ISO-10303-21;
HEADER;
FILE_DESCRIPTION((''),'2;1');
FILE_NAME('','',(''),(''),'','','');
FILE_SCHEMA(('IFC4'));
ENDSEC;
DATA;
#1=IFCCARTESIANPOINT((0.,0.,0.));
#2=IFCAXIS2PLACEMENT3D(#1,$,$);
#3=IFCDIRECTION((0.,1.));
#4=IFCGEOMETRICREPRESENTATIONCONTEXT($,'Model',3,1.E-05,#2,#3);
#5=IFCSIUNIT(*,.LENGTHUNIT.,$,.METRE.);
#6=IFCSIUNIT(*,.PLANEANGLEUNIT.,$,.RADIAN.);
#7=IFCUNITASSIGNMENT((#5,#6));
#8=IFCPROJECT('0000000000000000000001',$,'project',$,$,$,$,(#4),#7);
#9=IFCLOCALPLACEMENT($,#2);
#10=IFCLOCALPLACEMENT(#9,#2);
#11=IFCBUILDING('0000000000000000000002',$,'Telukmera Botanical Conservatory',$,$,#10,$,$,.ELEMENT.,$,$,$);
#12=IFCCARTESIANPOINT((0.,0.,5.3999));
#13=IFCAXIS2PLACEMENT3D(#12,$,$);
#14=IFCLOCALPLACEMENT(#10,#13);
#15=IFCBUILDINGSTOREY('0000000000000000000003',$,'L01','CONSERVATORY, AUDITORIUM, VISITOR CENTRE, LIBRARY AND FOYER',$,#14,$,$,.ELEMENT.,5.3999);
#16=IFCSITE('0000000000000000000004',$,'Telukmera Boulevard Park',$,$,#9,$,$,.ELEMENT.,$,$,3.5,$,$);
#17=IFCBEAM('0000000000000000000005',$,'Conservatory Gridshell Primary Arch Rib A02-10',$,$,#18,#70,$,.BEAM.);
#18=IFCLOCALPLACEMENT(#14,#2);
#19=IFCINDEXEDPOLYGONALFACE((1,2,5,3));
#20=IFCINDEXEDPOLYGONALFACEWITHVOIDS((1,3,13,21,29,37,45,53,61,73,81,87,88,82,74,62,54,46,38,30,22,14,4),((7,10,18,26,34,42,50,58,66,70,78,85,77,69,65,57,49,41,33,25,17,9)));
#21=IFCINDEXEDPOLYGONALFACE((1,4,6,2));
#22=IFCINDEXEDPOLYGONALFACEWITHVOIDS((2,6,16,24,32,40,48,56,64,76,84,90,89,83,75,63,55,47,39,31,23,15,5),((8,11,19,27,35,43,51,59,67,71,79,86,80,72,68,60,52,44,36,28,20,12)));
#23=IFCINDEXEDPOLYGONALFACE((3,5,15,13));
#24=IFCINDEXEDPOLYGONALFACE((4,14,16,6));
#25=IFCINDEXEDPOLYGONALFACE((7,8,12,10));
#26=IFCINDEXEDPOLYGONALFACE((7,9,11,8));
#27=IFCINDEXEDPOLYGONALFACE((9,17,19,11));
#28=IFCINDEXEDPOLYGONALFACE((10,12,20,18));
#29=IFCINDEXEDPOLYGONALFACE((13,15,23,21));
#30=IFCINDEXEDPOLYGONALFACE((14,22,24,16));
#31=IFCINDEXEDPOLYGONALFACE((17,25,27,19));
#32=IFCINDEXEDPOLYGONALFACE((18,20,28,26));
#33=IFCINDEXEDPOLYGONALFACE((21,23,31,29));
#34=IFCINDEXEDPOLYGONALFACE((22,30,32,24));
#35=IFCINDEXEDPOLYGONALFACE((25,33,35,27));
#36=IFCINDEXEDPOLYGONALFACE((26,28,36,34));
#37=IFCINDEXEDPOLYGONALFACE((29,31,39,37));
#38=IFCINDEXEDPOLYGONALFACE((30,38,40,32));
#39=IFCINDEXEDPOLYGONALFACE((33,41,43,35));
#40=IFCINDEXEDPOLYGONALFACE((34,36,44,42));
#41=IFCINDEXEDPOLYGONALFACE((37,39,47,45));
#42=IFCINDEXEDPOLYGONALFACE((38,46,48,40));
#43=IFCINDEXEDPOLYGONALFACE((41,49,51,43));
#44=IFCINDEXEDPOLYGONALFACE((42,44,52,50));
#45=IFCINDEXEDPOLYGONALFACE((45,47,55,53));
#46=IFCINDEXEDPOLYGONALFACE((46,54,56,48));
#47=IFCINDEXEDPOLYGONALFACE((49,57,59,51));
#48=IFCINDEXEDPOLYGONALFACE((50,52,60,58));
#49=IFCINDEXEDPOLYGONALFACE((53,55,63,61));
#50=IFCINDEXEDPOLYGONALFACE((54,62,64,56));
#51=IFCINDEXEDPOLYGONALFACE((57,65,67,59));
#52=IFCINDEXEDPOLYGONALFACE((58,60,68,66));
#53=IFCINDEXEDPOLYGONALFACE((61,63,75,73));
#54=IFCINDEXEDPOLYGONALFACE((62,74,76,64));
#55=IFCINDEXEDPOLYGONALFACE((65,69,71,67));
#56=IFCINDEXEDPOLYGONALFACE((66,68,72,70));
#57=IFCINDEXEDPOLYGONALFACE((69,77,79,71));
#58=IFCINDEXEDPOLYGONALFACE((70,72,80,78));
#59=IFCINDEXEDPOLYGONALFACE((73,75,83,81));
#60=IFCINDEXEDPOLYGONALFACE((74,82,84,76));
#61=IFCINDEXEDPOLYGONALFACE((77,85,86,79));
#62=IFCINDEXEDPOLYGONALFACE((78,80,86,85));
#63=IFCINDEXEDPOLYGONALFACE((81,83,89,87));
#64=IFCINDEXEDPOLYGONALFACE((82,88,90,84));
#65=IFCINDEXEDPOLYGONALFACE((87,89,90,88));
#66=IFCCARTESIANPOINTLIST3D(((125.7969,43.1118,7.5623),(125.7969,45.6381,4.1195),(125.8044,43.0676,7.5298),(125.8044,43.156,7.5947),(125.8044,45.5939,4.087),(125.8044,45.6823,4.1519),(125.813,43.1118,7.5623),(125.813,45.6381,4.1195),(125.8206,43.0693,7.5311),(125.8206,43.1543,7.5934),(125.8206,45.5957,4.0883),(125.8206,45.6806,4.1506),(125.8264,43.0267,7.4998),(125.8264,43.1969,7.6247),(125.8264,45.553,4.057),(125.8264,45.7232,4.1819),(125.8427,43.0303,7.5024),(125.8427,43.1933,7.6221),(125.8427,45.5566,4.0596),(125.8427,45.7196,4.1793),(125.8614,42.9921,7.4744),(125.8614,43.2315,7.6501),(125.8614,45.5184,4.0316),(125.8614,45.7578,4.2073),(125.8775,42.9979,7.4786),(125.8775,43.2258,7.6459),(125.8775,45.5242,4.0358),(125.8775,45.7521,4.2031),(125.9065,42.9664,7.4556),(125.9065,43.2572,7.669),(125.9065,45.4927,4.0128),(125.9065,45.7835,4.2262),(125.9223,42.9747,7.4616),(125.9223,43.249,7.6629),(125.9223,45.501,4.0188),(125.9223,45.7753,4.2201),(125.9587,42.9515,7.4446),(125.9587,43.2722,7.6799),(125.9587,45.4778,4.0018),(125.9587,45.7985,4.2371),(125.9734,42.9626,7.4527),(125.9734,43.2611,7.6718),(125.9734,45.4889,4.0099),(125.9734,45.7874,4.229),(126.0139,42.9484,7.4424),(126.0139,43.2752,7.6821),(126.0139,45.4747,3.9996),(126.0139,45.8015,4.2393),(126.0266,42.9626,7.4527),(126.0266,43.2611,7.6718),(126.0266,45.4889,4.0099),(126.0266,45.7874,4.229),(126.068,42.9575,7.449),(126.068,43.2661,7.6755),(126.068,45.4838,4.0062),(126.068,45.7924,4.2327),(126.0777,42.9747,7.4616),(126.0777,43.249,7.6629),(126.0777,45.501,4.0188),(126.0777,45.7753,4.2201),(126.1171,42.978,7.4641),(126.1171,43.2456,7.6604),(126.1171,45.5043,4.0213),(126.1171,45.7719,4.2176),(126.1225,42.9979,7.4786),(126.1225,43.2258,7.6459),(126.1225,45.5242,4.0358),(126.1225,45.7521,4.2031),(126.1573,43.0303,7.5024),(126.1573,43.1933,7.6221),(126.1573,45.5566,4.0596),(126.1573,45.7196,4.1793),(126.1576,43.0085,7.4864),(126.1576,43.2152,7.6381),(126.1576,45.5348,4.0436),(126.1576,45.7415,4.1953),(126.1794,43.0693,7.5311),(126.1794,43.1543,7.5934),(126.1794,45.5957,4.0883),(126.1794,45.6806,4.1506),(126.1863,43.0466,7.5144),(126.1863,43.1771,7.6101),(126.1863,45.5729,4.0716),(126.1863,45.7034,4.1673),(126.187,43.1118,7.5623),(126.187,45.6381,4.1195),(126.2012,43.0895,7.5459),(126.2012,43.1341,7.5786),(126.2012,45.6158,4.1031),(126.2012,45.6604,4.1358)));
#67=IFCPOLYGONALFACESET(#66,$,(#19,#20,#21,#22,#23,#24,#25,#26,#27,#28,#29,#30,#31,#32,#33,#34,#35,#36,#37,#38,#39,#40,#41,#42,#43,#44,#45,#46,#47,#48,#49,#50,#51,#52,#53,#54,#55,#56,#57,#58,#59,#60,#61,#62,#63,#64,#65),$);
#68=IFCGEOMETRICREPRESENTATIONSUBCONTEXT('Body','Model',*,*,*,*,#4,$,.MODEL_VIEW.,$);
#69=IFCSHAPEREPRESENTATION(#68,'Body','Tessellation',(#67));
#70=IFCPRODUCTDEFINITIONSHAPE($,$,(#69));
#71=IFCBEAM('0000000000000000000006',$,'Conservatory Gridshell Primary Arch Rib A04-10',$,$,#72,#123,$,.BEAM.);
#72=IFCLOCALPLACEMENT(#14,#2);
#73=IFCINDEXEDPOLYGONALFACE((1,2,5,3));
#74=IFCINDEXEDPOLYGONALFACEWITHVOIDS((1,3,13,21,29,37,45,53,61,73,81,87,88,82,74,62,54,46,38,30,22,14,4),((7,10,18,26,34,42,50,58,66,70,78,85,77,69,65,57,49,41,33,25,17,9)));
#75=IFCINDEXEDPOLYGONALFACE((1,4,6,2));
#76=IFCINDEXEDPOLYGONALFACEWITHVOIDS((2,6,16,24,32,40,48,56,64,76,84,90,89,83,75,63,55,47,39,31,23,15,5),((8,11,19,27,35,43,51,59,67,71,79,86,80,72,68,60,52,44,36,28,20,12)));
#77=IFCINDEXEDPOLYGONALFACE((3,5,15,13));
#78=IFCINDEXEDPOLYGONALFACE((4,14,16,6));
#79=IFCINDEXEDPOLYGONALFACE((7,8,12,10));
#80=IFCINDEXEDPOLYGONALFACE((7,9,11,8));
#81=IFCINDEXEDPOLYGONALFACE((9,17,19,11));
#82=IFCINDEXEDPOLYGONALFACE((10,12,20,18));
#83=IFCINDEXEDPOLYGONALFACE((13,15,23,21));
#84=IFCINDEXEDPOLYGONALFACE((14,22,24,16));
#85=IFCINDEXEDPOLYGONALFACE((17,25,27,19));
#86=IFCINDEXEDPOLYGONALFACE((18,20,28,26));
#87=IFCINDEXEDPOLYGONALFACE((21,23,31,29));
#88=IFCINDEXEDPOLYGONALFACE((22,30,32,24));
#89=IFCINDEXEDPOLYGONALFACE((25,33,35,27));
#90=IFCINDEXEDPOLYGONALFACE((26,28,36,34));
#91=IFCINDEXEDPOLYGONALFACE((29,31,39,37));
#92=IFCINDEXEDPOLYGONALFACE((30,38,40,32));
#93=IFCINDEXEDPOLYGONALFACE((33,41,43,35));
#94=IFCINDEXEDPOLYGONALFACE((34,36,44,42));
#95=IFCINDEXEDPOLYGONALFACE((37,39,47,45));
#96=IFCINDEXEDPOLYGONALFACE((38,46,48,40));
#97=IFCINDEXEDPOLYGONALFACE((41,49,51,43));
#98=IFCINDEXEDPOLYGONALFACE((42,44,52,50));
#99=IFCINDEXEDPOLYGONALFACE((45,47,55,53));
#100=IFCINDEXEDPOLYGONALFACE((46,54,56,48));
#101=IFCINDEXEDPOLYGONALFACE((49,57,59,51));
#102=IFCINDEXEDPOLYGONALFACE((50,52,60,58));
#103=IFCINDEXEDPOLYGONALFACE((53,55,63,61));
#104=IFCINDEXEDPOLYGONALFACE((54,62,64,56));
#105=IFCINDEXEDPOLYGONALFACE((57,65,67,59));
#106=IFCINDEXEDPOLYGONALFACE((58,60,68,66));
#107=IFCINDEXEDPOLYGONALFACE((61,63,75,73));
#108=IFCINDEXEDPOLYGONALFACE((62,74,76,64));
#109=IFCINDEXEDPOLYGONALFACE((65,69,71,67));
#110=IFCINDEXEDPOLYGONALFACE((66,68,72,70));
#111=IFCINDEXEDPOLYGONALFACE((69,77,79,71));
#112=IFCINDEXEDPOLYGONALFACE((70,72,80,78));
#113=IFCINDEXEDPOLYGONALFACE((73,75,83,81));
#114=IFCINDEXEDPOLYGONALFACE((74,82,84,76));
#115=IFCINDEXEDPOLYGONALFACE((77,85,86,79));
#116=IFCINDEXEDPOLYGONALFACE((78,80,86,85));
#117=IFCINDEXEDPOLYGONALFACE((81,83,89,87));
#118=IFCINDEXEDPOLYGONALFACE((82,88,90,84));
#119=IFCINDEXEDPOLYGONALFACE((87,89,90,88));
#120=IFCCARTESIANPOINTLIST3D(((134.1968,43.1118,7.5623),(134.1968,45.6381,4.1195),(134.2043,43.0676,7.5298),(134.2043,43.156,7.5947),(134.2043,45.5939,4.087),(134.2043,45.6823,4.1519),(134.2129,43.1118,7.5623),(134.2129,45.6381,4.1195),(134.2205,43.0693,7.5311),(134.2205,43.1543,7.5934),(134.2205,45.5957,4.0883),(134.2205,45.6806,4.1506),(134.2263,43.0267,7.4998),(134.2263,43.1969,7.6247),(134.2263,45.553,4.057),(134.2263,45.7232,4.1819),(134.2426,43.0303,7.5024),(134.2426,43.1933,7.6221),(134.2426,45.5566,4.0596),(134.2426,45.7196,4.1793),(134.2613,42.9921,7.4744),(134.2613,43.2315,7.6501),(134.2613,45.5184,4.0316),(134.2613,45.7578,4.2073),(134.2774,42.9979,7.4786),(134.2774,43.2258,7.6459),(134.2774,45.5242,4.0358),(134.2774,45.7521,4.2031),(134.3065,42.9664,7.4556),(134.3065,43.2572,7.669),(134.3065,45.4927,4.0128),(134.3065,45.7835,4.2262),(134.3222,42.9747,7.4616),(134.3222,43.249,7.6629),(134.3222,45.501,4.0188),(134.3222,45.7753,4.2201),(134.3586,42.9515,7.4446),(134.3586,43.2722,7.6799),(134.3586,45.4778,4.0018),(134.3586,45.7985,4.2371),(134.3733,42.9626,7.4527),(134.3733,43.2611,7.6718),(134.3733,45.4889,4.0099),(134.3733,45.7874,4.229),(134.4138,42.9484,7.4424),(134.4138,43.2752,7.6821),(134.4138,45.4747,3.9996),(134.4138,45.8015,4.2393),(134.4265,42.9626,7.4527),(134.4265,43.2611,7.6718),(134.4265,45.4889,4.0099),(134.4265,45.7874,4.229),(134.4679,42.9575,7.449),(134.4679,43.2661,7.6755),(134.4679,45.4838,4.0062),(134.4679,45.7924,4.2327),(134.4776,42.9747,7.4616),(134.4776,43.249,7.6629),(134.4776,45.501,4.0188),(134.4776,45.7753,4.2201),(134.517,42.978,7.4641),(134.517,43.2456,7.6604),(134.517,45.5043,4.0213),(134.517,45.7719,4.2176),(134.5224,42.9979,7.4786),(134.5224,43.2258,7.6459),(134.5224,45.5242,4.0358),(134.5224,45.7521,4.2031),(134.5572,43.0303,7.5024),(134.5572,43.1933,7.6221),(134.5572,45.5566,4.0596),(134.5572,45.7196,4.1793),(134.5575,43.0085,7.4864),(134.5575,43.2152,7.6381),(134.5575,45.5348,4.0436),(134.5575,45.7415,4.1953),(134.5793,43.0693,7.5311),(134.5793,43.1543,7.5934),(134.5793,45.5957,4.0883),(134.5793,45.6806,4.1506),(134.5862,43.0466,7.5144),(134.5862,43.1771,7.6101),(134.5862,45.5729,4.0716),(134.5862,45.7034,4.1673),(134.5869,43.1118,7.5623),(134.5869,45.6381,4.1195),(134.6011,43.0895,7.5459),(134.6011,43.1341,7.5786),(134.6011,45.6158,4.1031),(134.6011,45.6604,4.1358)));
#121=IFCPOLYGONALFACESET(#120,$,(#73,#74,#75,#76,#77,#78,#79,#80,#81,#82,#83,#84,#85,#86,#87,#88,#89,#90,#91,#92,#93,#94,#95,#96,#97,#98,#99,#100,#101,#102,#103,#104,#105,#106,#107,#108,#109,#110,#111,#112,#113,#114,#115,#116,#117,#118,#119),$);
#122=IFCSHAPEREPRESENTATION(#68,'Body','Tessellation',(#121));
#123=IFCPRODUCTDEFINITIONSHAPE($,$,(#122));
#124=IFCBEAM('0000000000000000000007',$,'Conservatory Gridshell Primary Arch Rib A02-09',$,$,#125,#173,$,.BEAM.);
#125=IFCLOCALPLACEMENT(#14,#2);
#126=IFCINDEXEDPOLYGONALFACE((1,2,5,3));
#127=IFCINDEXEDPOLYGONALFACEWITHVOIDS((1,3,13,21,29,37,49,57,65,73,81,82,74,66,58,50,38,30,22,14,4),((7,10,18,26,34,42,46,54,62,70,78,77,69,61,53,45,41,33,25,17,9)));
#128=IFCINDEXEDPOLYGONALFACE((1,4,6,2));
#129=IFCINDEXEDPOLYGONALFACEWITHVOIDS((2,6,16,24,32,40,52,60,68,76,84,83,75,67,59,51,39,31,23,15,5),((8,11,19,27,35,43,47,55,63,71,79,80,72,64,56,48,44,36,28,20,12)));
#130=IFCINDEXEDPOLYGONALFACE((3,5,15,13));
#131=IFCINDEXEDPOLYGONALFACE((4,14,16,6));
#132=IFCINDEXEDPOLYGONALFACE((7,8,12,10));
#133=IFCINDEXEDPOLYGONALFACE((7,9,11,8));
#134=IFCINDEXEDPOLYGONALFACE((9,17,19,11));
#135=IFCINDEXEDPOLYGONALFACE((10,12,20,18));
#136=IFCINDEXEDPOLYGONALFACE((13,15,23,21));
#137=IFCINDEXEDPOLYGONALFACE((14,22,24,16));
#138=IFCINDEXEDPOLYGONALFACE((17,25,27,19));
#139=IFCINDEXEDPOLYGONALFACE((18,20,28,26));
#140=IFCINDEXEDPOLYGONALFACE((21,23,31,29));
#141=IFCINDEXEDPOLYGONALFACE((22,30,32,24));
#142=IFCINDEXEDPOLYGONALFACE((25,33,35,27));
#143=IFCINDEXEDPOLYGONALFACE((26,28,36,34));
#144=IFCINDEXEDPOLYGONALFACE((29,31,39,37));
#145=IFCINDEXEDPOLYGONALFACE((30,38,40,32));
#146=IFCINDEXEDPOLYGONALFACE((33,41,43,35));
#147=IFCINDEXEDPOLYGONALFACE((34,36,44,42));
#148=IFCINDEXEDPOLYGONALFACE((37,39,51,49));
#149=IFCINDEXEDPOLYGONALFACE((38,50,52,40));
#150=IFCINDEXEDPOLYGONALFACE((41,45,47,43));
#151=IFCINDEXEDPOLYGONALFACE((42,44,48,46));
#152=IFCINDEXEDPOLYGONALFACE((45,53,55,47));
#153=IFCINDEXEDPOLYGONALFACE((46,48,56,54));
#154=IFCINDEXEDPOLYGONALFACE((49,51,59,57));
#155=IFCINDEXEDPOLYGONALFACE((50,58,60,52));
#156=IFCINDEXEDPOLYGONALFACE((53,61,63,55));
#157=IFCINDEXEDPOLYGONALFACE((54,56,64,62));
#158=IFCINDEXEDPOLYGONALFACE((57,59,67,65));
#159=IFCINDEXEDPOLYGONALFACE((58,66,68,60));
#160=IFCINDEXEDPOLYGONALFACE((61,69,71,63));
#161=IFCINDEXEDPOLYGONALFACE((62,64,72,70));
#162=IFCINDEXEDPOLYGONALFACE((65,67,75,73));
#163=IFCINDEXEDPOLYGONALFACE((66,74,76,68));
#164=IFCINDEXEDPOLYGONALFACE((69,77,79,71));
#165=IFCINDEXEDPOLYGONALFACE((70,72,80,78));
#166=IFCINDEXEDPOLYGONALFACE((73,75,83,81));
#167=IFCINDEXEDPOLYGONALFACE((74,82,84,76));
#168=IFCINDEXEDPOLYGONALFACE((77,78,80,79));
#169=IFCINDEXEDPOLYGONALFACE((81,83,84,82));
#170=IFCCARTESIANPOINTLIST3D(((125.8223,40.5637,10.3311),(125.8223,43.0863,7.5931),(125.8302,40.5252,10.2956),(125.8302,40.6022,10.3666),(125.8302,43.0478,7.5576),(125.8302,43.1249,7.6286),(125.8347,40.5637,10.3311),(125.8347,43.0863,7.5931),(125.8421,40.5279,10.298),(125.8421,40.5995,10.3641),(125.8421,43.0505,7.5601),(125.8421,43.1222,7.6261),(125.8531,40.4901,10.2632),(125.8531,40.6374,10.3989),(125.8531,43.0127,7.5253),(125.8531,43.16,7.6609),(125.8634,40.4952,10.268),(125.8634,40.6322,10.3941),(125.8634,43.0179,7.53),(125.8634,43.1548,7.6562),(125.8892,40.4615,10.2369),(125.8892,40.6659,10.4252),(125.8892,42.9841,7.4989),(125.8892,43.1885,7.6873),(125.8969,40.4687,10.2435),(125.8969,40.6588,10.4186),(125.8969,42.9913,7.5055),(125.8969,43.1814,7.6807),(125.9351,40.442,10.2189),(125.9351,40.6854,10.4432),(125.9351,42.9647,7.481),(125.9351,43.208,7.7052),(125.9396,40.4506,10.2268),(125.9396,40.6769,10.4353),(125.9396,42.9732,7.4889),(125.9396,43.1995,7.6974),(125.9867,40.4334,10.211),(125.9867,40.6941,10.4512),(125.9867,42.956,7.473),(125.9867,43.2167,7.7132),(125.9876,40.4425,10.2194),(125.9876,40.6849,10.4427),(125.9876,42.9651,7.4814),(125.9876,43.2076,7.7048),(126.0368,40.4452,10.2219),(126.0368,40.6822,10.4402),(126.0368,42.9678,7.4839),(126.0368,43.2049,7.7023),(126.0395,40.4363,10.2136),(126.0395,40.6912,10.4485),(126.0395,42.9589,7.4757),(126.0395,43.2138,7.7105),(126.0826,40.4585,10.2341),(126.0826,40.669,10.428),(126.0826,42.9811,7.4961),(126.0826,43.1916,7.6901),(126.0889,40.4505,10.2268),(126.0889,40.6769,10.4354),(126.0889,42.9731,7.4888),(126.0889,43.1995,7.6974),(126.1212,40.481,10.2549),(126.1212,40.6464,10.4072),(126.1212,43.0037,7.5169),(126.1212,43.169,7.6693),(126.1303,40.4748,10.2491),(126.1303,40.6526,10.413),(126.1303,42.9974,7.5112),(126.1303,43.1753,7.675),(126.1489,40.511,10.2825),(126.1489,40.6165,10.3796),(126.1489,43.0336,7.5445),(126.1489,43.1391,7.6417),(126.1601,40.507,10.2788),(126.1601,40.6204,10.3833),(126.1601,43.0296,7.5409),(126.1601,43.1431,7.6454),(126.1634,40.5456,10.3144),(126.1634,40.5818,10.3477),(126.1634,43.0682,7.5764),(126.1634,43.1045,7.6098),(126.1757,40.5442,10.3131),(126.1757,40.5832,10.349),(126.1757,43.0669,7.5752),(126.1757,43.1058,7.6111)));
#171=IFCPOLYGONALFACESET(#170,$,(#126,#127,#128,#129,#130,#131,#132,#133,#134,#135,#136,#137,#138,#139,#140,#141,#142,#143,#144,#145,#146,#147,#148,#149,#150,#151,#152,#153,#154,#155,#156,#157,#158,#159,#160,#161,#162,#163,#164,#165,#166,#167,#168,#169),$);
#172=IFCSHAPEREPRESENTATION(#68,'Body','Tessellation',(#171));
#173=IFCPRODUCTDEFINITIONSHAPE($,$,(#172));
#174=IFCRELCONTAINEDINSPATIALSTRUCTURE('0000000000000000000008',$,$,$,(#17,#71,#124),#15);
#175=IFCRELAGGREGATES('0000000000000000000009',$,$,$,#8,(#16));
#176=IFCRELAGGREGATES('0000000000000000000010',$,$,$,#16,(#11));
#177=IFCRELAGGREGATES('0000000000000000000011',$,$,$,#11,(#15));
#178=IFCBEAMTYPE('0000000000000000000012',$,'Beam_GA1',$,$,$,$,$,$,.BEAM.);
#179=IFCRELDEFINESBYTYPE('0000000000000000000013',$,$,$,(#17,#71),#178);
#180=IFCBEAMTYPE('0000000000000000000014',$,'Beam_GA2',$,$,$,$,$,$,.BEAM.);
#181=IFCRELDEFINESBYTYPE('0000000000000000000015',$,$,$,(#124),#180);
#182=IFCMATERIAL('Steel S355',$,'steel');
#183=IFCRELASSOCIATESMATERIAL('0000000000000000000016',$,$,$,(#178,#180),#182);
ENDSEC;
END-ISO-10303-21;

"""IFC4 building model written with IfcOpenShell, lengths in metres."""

from ifc_helpers import new_model, si_unit, direction, frame, origin, origin_2d, place, context, subcontext, project, spatial, hollow_circle, extrude, material, material_profile, profile_set, type_object, element, save


model = new_model("IFC4")

# Units and contexts
model_context = context("Model", 3, precision=1e-05, world=origin(), true_north=direction((0.0, 1.0)))
body_context = subcontext(model_context, "Body", "Model", "MODEL_VIEW")
ifc_project = project(units=[si_unit("LENGTHUNIT", "METRE"), si_unit("PLANEANGLEUNIT", "RADIAN")], contexts=[model_context])

# Site, building, storey
site_placement = place(None, origin())
site = spatial("IfcSite", under=ifc_project, at=site_placement, Name="Telukmera Boulevard Park", CompositionType="ELEMENT", RefElevation=3.5)
building_placement = place(site_placement, origin())
building = spatial("IfcBuilding", under=site, at=building_placement, Name="Telukmera Botanical Conservatory", CompositionType="ELEMENT")
storey_placement = place(building_placement, frame((0.0, 0.0, 5.3999)))
storey = spatial("IfcBuildingStorey", under=building, at=storey_placement, Name="L01", Description="CONSERVATORY, AUDITORIUM, VISITOR CENTRE, LIBRARY AND FOYER", CompositionType="ELEMENT", Elevation=5.3999)

# Beams
ifc_material_1 = material(Name="Steel S355", Category="steel")
ifc_material_profile_1 = material_profile(ifc_material_1, hollow_circle(Radius=0.2031, WallThickness=0.0161, at=origin_2d()), Name="CHS 406.4x16.0")
ifc_profile_set_1 = profile_set([ifc_material_profile_1], Name="Steel S355")
beam_type_1 = type_object("IfcBeamType", Name="Beam_GA1", PredefinedType="BEAM", material=ifc_profile_set_1)
for number, where, z_axis, x_axis, name in (
    (1, (126.0, 43.1118, 7.5623), (0.0, 0.591607, -0.806227), (-1.0, 0.0, 0.0), "Conservatory Gridshell Primary Arch Rib A02-10"),
    (2, (134.3999, 43.1118, 7.5623), (0.0, 0.591607, -0.806227), (-1.0, 0.0, 0.0), "Conservatory Gridshell Primary Arch Rib A04-10"),
):
    element("IfcBeam", number, at=place(storey_placement, frame(where, z_axis=z_axis, x_axis=x_axis)), inside=storey, type_object=beam_type_1, Name=name, PredefinedType="BEAM", context=body_context, shape_type="SweptSolid", body=[
        extrude(hollow_circle(Radius=0.2031, WallThickness=0.0161, at=origin_2d()), origin(), (0.0, 0.0, 1.0), 4.2703),
    ])
ifc_material_profile_2 = material_profile(ifc_material_1, hollow_circle(Radius=0.1777, WallThickness=0.0125, at=origin_2d()), Name="CHS 355.6x12.5")
ifc_profile_set_2 = profile_set([ifc_material_profile_2], Name="Steel S355")
beam_type_2 = type_object("IfcBeamType", Name="Beam_GA2", PredefinedType="BEAM", material=ifc_profile_set_2)
for number, where, z_axis, x_axis, name in (
    (3, (126.0, 40.5637, 10.3311), (0.0, 0.677596, -0.735434), (-1.0, 0.0, 0.0), "Conservatory Gridshell Primary Arch Rib A02-09"),
):
    element("IfcBeam", number, at=place(storey_placement, frame(where, z_axis=z_axis, x_axis=x_axis)), inside=storey, type_object=beam_type_2, Name=name, PredefinedType="BEAM", context=body_context, shape_type="SweptSolid", body=[
        extrude(hollow_circle(Radius=0.1777, WallThickness=0.0125, at=origin_2d()), origin(), (0.0, 0.0, 1.0), 3.7229),
    ])

save(model, "model.ifc")
